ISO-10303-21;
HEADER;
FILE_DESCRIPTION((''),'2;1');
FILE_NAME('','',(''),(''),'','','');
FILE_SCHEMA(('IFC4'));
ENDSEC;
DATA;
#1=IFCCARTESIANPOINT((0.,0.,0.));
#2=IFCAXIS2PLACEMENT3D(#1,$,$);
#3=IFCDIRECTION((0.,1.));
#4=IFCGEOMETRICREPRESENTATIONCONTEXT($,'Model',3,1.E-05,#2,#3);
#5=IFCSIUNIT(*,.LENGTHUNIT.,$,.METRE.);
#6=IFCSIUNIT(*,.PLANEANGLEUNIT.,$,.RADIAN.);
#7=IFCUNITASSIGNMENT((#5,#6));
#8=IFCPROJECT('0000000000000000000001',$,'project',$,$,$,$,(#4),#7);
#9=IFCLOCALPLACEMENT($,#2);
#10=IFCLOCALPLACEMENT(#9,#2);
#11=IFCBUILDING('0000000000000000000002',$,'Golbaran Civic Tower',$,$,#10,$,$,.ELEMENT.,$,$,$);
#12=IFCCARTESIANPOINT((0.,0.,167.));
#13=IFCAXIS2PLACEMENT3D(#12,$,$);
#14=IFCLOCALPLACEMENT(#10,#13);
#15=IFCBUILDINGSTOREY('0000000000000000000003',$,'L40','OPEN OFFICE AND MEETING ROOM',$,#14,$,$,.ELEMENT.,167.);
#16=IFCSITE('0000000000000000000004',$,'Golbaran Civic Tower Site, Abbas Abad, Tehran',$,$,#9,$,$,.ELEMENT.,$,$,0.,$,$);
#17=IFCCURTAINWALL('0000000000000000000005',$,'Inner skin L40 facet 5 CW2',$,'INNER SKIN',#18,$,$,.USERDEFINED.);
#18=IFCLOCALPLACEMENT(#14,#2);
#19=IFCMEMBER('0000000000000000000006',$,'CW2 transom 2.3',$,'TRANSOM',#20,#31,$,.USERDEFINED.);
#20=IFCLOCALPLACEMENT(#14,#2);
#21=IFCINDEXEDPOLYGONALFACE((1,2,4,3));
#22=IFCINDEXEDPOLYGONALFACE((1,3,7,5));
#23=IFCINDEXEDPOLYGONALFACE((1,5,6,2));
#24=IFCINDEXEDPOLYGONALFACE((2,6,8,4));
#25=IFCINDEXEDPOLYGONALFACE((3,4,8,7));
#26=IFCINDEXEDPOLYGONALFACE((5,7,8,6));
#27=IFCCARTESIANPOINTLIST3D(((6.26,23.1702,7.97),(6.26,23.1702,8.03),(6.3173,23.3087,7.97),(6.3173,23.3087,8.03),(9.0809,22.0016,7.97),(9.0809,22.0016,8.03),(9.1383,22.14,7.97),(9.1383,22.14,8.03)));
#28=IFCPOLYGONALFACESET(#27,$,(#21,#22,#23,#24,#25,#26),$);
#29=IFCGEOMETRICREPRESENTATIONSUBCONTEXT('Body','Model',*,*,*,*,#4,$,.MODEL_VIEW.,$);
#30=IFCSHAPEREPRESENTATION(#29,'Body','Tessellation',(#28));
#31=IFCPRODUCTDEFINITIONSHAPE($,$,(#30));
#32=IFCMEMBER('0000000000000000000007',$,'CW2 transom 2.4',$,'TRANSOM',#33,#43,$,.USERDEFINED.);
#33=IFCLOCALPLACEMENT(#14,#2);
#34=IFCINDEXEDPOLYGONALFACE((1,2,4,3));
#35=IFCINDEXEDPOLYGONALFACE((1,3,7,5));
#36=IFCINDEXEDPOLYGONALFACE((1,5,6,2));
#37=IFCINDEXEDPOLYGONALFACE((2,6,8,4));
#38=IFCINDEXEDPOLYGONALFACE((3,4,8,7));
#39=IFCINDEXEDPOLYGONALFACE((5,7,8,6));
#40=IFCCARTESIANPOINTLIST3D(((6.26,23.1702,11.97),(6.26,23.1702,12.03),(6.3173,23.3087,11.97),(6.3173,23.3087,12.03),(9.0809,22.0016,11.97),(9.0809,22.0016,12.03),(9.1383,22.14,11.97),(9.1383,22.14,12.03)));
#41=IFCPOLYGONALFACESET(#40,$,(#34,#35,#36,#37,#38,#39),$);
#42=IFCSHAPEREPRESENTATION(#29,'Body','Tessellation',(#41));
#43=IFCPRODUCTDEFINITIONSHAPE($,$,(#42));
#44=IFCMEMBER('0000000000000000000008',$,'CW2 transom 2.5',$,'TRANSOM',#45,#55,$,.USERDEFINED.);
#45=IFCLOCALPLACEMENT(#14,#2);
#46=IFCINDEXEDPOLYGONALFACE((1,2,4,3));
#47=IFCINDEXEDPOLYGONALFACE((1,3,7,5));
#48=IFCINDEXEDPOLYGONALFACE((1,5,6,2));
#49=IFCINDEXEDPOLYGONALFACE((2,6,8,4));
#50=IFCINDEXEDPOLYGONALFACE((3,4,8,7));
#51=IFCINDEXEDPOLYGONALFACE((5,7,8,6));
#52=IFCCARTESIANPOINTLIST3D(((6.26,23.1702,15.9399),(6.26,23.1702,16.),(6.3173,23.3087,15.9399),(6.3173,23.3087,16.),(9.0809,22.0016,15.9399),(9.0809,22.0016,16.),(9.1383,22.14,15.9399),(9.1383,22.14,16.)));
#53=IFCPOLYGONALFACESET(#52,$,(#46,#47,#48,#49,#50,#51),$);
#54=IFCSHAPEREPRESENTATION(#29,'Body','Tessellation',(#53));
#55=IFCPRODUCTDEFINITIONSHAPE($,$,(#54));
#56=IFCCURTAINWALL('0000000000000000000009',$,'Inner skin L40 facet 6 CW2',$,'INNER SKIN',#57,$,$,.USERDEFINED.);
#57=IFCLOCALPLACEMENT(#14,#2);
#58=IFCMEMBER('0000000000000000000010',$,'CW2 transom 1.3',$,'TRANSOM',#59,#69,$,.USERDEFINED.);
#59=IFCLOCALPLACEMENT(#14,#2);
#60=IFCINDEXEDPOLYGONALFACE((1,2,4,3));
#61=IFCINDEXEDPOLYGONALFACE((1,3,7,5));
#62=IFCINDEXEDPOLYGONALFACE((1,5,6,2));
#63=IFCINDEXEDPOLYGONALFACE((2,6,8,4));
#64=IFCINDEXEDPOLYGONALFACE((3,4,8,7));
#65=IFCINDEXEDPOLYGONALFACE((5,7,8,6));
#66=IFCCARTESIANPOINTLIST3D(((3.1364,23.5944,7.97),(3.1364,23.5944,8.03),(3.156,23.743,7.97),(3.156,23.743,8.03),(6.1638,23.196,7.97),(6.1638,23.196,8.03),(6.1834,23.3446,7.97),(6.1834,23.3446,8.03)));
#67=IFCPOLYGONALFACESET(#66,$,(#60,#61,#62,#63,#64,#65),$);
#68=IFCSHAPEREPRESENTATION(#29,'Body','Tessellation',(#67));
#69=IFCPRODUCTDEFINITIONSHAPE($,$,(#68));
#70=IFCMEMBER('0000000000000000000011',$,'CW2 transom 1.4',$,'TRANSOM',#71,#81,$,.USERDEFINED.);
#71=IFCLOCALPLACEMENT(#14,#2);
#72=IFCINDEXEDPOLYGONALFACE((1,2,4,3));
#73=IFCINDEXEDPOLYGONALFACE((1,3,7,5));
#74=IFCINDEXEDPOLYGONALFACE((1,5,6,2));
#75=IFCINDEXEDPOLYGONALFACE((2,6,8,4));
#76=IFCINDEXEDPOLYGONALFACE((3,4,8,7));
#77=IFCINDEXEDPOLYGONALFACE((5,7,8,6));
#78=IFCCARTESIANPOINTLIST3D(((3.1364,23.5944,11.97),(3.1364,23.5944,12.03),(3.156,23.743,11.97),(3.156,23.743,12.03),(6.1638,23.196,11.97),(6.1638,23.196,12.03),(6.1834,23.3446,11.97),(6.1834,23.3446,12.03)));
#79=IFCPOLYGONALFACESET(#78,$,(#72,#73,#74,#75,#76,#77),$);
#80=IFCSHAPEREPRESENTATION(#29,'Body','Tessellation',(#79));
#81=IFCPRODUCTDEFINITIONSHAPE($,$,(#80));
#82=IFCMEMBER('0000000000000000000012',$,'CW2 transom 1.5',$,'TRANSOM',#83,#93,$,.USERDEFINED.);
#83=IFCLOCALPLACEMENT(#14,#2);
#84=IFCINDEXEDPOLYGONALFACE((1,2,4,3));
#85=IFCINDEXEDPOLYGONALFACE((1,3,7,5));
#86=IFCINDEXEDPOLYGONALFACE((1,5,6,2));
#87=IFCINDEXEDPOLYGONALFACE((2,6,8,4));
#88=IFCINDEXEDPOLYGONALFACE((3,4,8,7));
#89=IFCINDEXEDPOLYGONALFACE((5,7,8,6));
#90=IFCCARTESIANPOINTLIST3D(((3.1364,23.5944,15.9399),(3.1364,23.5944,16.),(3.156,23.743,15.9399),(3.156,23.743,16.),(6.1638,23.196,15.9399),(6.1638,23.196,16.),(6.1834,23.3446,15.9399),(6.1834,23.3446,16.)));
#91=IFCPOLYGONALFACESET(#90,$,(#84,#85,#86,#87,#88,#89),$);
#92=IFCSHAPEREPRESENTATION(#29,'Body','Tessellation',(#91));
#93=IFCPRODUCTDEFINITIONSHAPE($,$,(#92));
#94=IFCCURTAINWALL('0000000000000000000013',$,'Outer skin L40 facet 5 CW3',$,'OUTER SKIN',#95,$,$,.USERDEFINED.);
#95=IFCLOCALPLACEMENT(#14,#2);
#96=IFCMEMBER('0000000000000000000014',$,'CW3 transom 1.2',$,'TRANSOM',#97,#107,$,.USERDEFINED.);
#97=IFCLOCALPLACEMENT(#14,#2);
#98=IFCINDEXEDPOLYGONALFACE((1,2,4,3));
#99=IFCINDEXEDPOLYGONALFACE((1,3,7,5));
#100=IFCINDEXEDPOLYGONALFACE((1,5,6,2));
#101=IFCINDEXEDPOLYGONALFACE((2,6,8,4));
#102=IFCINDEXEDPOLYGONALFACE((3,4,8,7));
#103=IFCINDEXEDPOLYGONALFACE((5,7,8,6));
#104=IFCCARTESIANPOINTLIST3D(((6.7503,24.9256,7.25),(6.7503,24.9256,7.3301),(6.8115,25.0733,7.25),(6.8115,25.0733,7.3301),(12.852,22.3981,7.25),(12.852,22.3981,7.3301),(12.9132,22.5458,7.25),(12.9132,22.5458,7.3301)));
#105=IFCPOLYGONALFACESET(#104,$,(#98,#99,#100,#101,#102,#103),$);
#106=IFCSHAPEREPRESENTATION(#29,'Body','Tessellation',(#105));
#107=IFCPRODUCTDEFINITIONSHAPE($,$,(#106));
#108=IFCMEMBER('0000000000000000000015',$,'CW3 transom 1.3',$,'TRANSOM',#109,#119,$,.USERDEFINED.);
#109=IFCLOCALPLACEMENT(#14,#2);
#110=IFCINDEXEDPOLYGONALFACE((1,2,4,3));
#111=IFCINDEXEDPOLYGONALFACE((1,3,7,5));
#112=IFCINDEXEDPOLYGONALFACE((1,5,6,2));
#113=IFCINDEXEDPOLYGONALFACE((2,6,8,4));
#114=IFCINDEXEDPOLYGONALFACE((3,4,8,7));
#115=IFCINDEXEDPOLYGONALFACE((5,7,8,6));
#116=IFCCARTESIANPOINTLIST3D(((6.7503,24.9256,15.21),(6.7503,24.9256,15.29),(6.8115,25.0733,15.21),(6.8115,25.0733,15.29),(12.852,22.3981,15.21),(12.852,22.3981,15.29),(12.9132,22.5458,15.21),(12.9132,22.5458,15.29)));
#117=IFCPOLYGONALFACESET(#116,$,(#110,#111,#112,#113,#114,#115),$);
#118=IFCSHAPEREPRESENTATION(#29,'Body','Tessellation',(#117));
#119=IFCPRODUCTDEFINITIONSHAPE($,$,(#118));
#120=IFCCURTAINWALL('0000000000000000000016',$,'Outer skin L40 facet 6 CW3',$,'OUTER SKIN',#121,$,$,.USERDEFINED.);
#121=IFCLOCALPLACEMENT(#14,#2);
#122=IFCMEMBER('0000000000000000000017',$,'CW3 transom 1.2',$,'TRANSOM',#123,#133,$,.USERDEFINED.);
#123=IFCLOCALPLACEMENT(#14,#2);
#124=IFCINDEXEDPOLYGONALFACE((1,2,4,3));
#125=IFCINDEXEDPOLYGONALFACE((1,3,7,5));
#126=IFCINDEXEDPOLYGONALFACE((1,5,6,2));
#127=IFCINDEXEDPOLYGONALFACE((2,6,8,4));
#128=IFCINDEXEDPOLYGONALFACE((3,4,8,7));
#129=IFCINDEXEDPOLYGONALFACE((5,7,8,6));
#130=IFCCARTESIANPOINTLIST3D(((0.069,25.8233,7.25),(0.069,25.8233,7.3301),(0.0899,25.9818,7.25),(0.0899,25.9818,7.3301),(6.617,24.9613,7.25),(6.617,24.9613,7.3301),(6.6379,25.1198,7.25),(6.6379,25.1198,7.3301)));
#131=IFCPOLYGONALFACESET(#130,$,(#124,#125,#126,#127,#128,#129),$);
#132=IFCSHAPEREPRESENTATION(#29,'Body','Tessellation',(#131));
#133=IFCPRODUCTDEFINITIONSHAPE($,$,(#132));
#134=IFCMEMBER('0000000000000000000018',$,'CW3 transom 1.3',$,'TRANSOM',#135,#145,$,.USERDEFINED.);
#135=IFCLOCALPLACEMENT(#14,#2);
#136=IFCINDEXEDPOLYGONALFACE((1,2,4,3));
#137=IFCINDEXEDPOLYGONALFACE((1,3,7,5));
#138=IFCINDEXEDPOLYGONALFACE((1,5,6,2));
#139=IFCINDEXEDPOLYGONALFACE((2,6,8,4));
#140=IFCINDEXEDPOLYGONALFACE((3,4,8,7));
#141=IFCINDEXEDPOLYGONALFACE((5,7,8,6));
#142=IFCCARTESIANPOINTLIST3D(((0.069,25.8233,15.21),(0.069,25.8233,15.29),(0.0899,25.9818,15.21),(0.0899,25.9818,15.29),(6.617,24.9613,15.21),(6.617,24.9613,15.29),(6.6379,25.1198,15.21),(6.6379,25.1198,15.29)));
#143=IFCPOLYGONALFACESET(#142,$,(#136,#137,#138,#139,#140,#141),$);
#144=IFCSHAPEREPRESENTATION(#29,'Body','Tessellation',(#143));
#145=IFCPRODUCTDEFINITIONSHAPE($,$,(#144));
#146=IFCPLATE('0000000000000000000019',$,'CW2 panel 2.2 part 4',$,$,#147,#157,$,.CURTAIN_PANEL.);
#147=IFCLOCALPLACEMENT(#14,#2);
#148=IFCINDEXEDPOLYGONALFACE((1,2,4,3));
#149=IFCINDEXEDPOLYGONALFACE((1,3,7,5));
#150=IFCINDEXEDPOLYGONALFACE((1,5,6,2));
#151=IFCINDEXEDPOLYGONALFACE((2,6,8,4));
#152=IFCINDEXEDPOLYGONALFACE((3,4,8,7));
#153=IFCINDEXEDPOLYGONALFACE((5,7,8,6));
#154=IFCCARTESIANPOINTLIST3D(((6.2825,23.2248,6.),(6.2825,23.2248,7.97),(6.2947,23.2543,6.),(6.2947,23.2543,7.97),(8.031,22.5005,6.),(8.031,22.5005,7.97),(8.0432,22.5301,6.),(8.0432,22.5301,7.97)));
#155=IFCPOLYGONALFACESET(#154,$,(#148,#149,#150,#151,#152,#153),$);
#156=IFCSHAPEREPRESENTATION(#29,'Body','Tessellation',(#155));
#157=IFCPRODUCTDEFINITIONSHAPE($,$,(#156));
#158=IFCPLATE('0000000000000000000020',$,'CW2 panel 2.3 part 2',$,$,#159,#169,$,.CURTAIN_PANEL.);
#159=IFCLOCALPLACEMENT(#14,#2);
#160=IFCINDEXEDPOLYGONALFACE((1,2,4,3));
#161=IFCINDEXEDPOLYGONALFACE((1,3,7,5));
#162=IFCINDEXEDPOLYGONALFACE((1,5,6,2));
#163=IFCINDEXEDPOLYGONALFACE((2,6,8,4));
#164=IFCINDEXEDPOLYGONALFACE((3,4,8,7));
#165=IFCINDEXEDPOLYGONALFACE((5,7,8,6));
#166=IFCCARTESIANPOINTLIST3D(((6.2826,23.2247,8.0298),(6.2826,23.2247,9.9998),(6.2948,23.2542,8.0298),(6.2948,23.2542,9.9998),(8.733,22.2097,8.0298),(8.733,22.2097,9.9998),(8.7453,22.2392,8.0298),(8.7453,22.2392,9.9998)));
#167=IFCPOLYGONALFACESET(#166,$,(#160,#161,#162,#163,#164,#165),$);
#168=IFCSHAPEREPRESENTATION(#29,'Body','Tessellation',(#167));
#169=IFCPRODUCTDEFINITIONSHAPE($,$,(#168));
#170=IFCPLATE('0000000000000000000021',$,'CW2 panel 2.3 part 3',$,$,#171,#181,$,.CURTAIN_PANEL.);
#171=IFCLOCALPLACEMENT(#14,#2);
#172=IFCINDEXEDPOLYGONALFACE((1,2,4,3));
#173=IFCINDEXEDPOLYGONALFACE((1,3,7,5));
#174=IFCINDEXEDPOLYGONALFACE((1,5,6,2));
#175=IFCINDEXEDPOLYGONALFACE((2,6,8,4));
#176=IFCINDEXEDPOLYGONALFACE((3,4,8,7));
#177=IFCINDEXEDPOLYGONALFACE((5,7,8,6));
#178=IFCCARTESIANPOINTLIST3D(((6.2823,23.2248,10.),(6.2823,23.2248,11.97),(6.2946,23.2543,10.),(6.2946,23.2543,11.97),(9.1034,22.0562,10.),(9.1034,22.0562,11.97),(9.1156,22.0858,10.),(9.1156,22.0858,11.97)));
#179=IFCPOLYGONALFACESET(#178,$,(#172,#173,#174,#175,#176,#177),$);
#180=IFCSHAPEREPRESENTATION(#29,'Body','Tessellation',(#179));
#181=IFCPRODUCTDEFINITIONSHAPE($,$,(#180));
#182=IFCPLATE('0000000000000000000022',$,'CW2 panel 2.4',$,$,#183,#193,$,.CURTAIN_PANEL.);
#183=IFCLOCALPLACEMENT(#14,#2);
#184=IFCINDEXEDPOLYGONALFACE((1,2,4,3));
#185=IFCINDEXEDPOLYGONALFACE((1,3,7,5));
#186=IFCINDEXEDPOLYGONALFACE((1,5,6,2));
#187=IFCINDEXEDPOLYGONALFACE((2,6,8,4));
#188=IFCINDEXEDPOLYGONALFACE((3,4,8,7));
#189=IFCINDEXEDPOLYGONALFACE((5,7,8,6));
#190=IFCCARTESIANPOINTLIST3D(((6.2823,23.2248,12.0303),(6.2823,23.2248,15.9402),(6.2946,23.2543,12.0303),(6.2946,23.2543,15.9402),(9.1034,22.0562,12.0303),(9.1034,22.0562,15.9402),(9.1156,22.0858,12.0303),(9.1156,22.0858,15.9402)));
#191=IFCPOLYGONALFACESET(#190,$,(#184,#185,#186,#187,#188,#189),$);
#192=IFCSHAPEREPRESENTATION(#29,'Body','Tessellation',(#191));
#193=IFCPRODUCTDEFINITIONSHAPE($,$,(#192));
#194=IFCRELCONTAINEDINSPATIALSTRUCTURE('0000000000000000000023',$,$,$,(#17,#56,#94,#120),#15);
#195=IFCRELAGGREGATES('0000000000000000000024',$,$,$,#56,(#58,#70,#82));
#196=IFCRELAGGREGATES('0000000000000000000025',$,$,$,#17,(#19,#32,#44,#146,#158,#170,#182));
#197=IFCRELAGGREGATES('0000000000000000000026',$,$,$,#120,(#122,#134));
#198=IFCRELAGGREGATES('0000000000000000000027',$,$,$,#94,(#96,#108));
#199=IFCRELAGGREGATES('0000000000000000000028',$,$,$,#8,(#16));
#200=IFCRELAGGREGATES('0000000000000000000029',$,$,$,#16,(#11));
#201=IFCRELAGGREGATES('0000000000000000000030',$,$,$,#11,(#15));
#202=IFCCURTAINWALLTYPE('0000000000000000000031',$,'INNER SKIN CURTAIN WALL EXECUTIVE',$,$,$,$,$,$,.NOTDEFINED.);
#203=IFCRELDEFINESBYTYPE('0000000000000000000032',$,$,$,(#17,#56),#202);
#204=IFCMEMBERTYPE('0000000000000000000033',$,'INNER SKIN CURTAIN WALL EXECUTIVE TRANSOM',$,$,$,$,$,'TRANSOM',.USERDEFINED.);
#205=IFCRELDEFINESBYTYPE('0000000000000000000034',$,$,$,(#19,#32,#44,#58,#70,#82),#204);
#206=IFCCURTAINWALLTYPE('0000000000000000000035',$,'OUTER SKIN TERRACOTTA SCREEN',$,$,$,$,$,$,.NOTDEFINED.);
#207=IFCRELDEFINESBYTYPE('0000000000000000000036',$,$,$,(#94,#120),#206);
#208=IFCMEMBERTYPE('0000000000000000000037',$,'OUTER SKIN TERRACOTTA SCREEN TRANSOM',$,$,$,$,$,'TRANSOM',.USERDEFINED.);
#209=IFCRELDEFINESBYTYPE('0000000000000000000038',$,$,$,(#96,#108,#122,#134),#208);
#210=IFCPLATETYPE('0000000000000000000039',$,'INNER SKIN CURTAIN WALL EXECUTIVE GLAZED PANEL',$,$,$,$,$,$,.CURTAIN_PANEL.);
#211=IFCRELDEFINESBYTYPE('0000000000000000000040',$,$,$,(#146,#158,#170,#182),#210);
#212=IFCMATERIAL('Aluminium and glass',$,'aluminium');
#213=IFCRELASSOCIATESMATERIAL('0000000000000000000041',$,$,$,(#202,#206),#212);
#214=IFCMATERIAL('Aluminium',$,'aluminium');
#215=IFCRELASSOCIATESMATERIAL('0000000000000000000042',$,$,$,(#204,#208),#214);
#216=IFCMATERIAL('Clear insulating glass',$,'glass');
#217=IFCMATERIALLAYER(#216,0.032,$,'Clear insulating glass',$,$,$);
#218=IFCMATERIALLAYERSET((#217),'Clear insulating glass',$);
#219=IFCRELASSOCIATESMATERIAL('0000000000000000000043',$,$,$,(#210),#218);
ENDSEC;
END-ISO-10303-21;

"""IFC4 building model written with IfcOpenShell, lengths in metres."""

from ifc_helpers import new_model, si_unit, direction, frame, origin, origin_2d, place, context, subcontext, project, spatial, rectangle, extrude, material, layer, layer_set, material_profile, profile_set, type_object, element, aggregate, save


model = new_model("IFC4")

# Units and contexts
model_context = context("Model", 3, precision=1e-05, world=origin(), true_north=direction((0.0, 1.0)))
body_context = subcontext(model_context, "Body", "Model", "MODEL_VIEW")
ifc_project = project(units=[si_unit("LENGTHUNIT", "METRE"), si_unit("PLANEANGLEUNIT", "RADIAN")], contexts=[model_context])

# Site, building, storey
site_placement = place(None, origin())
site = spatial("IfcSite", under=ifc_project, at=site_placement, Name="Golbaran Civic Tower Site, Abbas Abad, Tehran", CompositionType="ELEMENT", RefElevation=0.0)
building_placement = place(site_placement, origin())
building = spatial("IfcBuilding", under=site, at=building_placement, Name="Golbaran Civic Tower", CompositionType="ELEMENT")
storey_placement = place(building_placement, frame((0.0, 0.0, 167.0)))
storey = spatial("IfcBuildingStorey", under=building, at=storey_placement, Name="L40", Description="OPEN OFFICE AND MEETING ROOM", CompositionType="ELEMENT", Elevation=167.0)

# Curtain walls, members
ifc_material_1 = material(Name="Aluminium and glass", Category="aluminium")
curtain_wall_type_1 = type_object("IfcCurtainWallType", Name="INNER SKIN CURTAIN WALL EXECUTIVE", PredefinedType="NOTDEFINED", material=ifc_material_1)
curtain_wall_1_placement = place(storey_placement, origin())
curtain_wall_1 = element("IfcCurtainWall", 1, at=curtain_wall_1_placement, inside=storey, type_object=curtain_wall_type_1, Name="Inner skin L40 facet 5 CW2", ObjectType="INNER SKIN", PredefinedType="USERDEFINED")
ifc_material_2 = material(Name="Aluminium", Category="aluminium")
ifc_material_profile_1 = material_profile(ifc_material_2, rectangle(XDim=0.1499, YDim=0.0601, at=origin_2d()), Name="INNER SKIN CURTAIN WALL EXECUTIVE TRANSOM")
ifc_profile_set_1 = profile_set([ifc_material_profile_1], Name="Aluminium")
member_type_1 = type_object("IfcMemberType", Name="INNER SKIN CURTAIN WALL EXECUTIVE TRANSOM", ElementType="TRANSOM", PredefinedType="USERDEFINED", material=ifc_profile_set_1)
member_1_placement = place(storey_placement, frame((9.1096, 22.0708, 8.0), z_axis=(-0.923858, 0.382735, 0.0), x_axis=(-0.382735, -0.923858, 0.0)))
member_1 = element("IfcMember", 2, at=member_1_placement, type_object=member_type_1, Name="CW2 transom 2.3", ObjectType="TRANSOM", PredefinedType="USERDEFINED", context=body_context, shape_type="SweptSolid", body=[
    extrude(rectangle(XDim=0.1499, YDim=0.0601, at=origin_2d()), origin(), (0.0, 0.0, 1.0), 3.0535),
])
member_2_placement = place(storey_placement, frame((9.1096, 22.0708, 12.0), z_axis=(-0.923858, 0.382735, 0.0), x_axis=(-0.382735, -0.923858, 0.0)))
member_2 = element("IfcMember", 3, at=member_2_placement, type_object=member_type_1, Name="CW2 transom 2.4", ObjectType="TRANSOM", PredefinedType="USERDEFINED", context=body_context, shape_type="SweptSolid", body=[
    extrude(rectangle(XDim=0.1499, YDim=0.0601, at=origin_2d()), origin(), (0.0, 0.0, 1.0), 3.0535),
])
member_3_placement = place(storey_placement, frame((9.1096, 22.0708, 15.97), z_axis=(-0.923858, 0.382735, 0.0), x_axis=(-0.382735, -0.923858, 0.0)))
member_3 = element("IfcMember", 4, at=member_3_placement, type_object=member_type_1, Name="CW2 transom 2.5", ObjectType="TRANSOM", PredefinedType="USERDEFINED", context=body_context, shape_type="SweptSolid", body=[
    extrude(rectangle(XDim=0.1499, YDim=0.0601, at=origin_2d()), origin(), (0.0, 0.0, 1.0), 3.0535),
])
curtain_wall_2_placement = place(storey_placement, origin())
curtain_wall_2 = element("IfcCurtainWall", 5, at=curtain_wall_2_placement, inside=storey, type_object=curtain_wall_type_1, Name="Inner skin L40 facet 6 CW2", ObjectType="INNER SKIN", PredefinedType="USERDEFINED")
member_4_placement = place(storey_placement, frame((6.1736, 23.2703, 8.0), z_axis=(-0.99145, 0.130488, 0.0), x_axis=(-0.130488, -0.99145, 0.0)))
member_4 = element("IfcMember", 6, at=member_4_placement, type_object=member_type_1, Name="CW2 transom 1.3", ObjectType="TRANSOM", PredefinedType="USERDEFINED", context=body_context, shape_type="SweptSolid", body=[
    extrude(rectangle(XDim=0.1499, YDim=0.0601, at=origin_2d()), origin(), (0.0, 0.0, 1.0), 3.0535),
])
member_5_placement = place(storey_placement, frame((6.1736, 23.2703, 12.0), z_axis=(-0.99145, 0.130488, 0.0), x_axis=(-0.130488, -0.99145, 0.0)))
member_5 = element("IfcMember", 7, at=member_5_placement, type_object=member_type_1, Name="CW2 transom 1.4", ObjectType="TRANSOM", PredefinedType="USERDEFINED", context=body_context, shape_type="SweptSolid", body=[
    extrude(rectangle(XDim=0.1499, YDim=0.0601, at=origin_2d()), origin(), (0.0, 0.0, 1.0), 3.0535),
])
member_6_placement = place(storey_placement, frame((6.1736, 23.2703, 15.97), z_axis=(-0.99145, 0.130488, 0.0), x_axis=(-0.130488, -0.99145, 0.0)))
member_6 = element("IfcMember", 8, at=member_6_placement, type_object=member_type_1, Name="CW2 transom 1.5", ObjectType="TRANSOM", PredefinedType="USERDEFINED", context=body_context, shape_type="SweptSolid", body=[
    extrude(rectangle(XDim=0.1499, YDim=0.0601, at=origin_2d()), origin(), (0.0, 0.0, 1.0), 3.0535),
])
curtain_wall_type_2 = type_object("IfcCurtainWallType", Name="OUTER SKIN TERRACOTTA SCREEN", PredefinedType="NOTDEFINED", material=ifc_material_1)
curtain_wall_3_placement = place(storey_placement, origin())
curtain_wall_3 = element("IfcCurtainWall", 9, at=curtain_wall_3_placement, inside=storey, type_object=curtain_wall_type_2, Name="Outer skin L40 facet 5 CW3", ObjectType="OUTER SKIN", PredefinedType="USERDEFINED")
ifc_material_profile_2 = material_profile(ifc_material_2, rectangle(XDim=0.1599, YDim=0.0801, at=origin_2d()), Name="OUTER SKIN TERRACOTTA SCREEN TRANSOM")
ifc_profile_set_2 = profile_set([ifc_material_profile_2], Name="Aluminium")
member_type_2 = type_object("IfcMemberType", Name="OUTER SKIN TERRACOTTA SCREEN TRANSOM", ElementType="TRANSOM", PredefinedType="USERDEFINED", material=ifc_profile_set_2)
member_7_placement = place(storey_placement, frame((12.8826, 22.4719, 7.29), z_axis=(-0.923872, 0.382701, 0.0), x_axis=(-0.382701, -0.923872, 0.0)))
member_7 = element("IfcMember", 10, at=member_7_placement, type_object=member_type_2, Name="CW3 transom 1.2", ObjectType="TRANSOM", PredefinedType="USERDEFINED", context=body_context, shape_type="SweptSolid", body=[
    extrude(rectangle(XDim=0.1599, YDim=0.0801, at=origin_2d()), origin(), (0.0, 0.0, 1.0), 6.6045),
])
member_8_placement = place(storey_placement, frame((12.8826, 22.4719, 15.25), z_axis=(-0.923872, 0.382701, 0.0), x_axis=(-0.382701, -0.923872, 0.0)))
member_8 = element("IfcMember", 11, at=member_8_placement, type_object=member_type_2, Name="CW3 transom 1.3", ObjectType="TRANSOM", PredefinedType="USERDEFINED", context=body_context, shape_type="SweptSolid", body=[
    extrude(rectangle(XDim=0.1599, YDim=0.0801, at=origin_2d()), origin(), (0.0, 0.0, 1.0), 6.6045),
])
curtain_wall_4_placement = place(storey_placement, origin())
curtain_wall_4 = element("IfcCurtainWall", 12, at=curtain_wall_4_placement, inside=storey, type_object=curtain_wall_type_2, Name="Outer skin L40 facet 6 CW3", ObjectType="OUTER SKIN", PredefinedType="USERDEFINED")
member_9_placement = place(storey_placement, frame((6.6274, 25.0405, 7.29), z_axis=(-0.991445, 0.130524, 0.0), x_axis=(-0.130524, -0.991445, 0.0)))
member_9 = element("IfcMember", 13, at=member_9_placement, type_object=member_type_2, Name="CW3 transom 1.2", ObjectType="TRANSOM", PredefinedType="USERDEFINED", context=body_context, shape_type="SweptSolid", body=[
    extrude(rectangle(XDim=0.1599, YDim=0.0801, at=origin_2d()), origin(), (0.0, 0.0, 1.0), 6.6045),
])
member_10_placement = place(storey_placement, frame((6.6274, 25.0405, 15.25), z_axis=(-0.991445, 0.130524, 0.0), x_axis=(-0.130524, -0.991445, 0.0)))
member_10 = element("IfcMember", 14, at=member_10_placement, type_object=member_type_2, Name="CW3 transom 1.3", ObjectType="TRANSOM", PredefinedType="USERDEFINED", context=body_context, shape_type="SweptSolid", body=[
    extrude(rectangle(XDim=0.1599, YDim=0.0801, at=origin_2d()), origin(), (0.0, 0.0, 1.0), 6.6045),
])

# Plates
ifc_material_3 = material(Name="Clear insulating glass", Category="glass")
ifc_layer_1 = layer(ifc_material_3, 0.032, Name="Clear insulating glass")
ifc_layer_set_1 = layer_set([ifc_layer_1], Name="Clear insulating glass")
plate_type_1 = type_object("IfcPlateType", Name="INNER SKIN CURTAIN WALL EXECUTIVE GLAZED PANEL", PredefinedType="CURTAIN_PANEL", material=ifc_layer_set_1)
plate_1_placement = place(storey_placement, frame((7.1628, 22.8774, 6.0), z_axis=(0.0, 0.0, 1.0), x_axis=(-0.92388, 0.382683, 0.0)))
plate_1 = element("IfcPlate", 15, at=plate_1_placement, type_object=plate_type_1, Name="CW2 panel 2.2 part 4", PredefinedType="CURTAIN_PANEL", context=body_context, shape_type="SweptSolid", body=[
    extrude(rectangle(XDim=1.8926, YDim=0.032, at=origin_2d()), origin(), (0.0, 0.0, 1.0), 1.97),
])
plate_2_placement = place(storey_placement, frame((7.5139, 22.7319, 8.0298), z_axis=(0.0, 0.0, 1.0), x_axis=(-0.92388, 0.382683, 0.0)))
plate_2 = element("IfcPlate", 16, at=plate_2_placement, type_object=plate_type_1, Name="CW2 panel 2.3 part 2", PredefinedType="CURTAIN_PANEL", context=body_context, shape_type="SweptSolid", body=[
    extrude(rectangle(XDim=2.6523, YDim=0.032, at=origin_2d()), origin(), (0.0, 0.0, 1.0), 1.97),
])
plate_3_placement = place(storey_placement, frame((7.699, 22.6553, 10.0), z_axis=(0.0, 0.0, 1.0), x_axis=(-0.92388, 0.382683, 0.0)))
plate_3 = element("IfcPlate", 17, at=plate_3_placement, type_object=plate_type_1, Name="CW2 panel 2.3 part 3", PredefinedType="CURTAIN_PANEL", context=body_context, shape_type="SweptSolid", body=[
    extrude(rectangle(XDim=3.0535, YDim=0.032, at=origin_2d()), origin(), (0.0, 0.0, 1.0), 1.97),
])
plate_4_placement = place(storey_placement, frame((7.699, 22.6553, 12.0303), z_axis=(0.0, 0.0, 1.0), x_axis=(-0.92388, 0.382683, 0.0)))
plate_4 = element("IfcPlate", 18, at=plate_4_placement, type_object=plate_type_1, Name="CW2 panel 2.4", PredefinedType="CURTAIN_PANEL", context=body_context, shape_type="SweptSolid", body=[
    extrude(rectangle(XDim=3.0535, YDim=0.032, at=origin_2d()), origin(), (0.0, 0.0, 1.0), 3.9099),
])
aggregate(curtain_wall_2, [member_4, member_5, member_6])
aggregate(curtain_wall_1, [member_1, member_2, member_3, plate_1, plate_2, plate_3, plate_4])

aggregate(curtain_wall_4, [member_9, member_10])
aggregate(curtain_wall_3, [member_7, member_8])

save(model, "model.ifc")
